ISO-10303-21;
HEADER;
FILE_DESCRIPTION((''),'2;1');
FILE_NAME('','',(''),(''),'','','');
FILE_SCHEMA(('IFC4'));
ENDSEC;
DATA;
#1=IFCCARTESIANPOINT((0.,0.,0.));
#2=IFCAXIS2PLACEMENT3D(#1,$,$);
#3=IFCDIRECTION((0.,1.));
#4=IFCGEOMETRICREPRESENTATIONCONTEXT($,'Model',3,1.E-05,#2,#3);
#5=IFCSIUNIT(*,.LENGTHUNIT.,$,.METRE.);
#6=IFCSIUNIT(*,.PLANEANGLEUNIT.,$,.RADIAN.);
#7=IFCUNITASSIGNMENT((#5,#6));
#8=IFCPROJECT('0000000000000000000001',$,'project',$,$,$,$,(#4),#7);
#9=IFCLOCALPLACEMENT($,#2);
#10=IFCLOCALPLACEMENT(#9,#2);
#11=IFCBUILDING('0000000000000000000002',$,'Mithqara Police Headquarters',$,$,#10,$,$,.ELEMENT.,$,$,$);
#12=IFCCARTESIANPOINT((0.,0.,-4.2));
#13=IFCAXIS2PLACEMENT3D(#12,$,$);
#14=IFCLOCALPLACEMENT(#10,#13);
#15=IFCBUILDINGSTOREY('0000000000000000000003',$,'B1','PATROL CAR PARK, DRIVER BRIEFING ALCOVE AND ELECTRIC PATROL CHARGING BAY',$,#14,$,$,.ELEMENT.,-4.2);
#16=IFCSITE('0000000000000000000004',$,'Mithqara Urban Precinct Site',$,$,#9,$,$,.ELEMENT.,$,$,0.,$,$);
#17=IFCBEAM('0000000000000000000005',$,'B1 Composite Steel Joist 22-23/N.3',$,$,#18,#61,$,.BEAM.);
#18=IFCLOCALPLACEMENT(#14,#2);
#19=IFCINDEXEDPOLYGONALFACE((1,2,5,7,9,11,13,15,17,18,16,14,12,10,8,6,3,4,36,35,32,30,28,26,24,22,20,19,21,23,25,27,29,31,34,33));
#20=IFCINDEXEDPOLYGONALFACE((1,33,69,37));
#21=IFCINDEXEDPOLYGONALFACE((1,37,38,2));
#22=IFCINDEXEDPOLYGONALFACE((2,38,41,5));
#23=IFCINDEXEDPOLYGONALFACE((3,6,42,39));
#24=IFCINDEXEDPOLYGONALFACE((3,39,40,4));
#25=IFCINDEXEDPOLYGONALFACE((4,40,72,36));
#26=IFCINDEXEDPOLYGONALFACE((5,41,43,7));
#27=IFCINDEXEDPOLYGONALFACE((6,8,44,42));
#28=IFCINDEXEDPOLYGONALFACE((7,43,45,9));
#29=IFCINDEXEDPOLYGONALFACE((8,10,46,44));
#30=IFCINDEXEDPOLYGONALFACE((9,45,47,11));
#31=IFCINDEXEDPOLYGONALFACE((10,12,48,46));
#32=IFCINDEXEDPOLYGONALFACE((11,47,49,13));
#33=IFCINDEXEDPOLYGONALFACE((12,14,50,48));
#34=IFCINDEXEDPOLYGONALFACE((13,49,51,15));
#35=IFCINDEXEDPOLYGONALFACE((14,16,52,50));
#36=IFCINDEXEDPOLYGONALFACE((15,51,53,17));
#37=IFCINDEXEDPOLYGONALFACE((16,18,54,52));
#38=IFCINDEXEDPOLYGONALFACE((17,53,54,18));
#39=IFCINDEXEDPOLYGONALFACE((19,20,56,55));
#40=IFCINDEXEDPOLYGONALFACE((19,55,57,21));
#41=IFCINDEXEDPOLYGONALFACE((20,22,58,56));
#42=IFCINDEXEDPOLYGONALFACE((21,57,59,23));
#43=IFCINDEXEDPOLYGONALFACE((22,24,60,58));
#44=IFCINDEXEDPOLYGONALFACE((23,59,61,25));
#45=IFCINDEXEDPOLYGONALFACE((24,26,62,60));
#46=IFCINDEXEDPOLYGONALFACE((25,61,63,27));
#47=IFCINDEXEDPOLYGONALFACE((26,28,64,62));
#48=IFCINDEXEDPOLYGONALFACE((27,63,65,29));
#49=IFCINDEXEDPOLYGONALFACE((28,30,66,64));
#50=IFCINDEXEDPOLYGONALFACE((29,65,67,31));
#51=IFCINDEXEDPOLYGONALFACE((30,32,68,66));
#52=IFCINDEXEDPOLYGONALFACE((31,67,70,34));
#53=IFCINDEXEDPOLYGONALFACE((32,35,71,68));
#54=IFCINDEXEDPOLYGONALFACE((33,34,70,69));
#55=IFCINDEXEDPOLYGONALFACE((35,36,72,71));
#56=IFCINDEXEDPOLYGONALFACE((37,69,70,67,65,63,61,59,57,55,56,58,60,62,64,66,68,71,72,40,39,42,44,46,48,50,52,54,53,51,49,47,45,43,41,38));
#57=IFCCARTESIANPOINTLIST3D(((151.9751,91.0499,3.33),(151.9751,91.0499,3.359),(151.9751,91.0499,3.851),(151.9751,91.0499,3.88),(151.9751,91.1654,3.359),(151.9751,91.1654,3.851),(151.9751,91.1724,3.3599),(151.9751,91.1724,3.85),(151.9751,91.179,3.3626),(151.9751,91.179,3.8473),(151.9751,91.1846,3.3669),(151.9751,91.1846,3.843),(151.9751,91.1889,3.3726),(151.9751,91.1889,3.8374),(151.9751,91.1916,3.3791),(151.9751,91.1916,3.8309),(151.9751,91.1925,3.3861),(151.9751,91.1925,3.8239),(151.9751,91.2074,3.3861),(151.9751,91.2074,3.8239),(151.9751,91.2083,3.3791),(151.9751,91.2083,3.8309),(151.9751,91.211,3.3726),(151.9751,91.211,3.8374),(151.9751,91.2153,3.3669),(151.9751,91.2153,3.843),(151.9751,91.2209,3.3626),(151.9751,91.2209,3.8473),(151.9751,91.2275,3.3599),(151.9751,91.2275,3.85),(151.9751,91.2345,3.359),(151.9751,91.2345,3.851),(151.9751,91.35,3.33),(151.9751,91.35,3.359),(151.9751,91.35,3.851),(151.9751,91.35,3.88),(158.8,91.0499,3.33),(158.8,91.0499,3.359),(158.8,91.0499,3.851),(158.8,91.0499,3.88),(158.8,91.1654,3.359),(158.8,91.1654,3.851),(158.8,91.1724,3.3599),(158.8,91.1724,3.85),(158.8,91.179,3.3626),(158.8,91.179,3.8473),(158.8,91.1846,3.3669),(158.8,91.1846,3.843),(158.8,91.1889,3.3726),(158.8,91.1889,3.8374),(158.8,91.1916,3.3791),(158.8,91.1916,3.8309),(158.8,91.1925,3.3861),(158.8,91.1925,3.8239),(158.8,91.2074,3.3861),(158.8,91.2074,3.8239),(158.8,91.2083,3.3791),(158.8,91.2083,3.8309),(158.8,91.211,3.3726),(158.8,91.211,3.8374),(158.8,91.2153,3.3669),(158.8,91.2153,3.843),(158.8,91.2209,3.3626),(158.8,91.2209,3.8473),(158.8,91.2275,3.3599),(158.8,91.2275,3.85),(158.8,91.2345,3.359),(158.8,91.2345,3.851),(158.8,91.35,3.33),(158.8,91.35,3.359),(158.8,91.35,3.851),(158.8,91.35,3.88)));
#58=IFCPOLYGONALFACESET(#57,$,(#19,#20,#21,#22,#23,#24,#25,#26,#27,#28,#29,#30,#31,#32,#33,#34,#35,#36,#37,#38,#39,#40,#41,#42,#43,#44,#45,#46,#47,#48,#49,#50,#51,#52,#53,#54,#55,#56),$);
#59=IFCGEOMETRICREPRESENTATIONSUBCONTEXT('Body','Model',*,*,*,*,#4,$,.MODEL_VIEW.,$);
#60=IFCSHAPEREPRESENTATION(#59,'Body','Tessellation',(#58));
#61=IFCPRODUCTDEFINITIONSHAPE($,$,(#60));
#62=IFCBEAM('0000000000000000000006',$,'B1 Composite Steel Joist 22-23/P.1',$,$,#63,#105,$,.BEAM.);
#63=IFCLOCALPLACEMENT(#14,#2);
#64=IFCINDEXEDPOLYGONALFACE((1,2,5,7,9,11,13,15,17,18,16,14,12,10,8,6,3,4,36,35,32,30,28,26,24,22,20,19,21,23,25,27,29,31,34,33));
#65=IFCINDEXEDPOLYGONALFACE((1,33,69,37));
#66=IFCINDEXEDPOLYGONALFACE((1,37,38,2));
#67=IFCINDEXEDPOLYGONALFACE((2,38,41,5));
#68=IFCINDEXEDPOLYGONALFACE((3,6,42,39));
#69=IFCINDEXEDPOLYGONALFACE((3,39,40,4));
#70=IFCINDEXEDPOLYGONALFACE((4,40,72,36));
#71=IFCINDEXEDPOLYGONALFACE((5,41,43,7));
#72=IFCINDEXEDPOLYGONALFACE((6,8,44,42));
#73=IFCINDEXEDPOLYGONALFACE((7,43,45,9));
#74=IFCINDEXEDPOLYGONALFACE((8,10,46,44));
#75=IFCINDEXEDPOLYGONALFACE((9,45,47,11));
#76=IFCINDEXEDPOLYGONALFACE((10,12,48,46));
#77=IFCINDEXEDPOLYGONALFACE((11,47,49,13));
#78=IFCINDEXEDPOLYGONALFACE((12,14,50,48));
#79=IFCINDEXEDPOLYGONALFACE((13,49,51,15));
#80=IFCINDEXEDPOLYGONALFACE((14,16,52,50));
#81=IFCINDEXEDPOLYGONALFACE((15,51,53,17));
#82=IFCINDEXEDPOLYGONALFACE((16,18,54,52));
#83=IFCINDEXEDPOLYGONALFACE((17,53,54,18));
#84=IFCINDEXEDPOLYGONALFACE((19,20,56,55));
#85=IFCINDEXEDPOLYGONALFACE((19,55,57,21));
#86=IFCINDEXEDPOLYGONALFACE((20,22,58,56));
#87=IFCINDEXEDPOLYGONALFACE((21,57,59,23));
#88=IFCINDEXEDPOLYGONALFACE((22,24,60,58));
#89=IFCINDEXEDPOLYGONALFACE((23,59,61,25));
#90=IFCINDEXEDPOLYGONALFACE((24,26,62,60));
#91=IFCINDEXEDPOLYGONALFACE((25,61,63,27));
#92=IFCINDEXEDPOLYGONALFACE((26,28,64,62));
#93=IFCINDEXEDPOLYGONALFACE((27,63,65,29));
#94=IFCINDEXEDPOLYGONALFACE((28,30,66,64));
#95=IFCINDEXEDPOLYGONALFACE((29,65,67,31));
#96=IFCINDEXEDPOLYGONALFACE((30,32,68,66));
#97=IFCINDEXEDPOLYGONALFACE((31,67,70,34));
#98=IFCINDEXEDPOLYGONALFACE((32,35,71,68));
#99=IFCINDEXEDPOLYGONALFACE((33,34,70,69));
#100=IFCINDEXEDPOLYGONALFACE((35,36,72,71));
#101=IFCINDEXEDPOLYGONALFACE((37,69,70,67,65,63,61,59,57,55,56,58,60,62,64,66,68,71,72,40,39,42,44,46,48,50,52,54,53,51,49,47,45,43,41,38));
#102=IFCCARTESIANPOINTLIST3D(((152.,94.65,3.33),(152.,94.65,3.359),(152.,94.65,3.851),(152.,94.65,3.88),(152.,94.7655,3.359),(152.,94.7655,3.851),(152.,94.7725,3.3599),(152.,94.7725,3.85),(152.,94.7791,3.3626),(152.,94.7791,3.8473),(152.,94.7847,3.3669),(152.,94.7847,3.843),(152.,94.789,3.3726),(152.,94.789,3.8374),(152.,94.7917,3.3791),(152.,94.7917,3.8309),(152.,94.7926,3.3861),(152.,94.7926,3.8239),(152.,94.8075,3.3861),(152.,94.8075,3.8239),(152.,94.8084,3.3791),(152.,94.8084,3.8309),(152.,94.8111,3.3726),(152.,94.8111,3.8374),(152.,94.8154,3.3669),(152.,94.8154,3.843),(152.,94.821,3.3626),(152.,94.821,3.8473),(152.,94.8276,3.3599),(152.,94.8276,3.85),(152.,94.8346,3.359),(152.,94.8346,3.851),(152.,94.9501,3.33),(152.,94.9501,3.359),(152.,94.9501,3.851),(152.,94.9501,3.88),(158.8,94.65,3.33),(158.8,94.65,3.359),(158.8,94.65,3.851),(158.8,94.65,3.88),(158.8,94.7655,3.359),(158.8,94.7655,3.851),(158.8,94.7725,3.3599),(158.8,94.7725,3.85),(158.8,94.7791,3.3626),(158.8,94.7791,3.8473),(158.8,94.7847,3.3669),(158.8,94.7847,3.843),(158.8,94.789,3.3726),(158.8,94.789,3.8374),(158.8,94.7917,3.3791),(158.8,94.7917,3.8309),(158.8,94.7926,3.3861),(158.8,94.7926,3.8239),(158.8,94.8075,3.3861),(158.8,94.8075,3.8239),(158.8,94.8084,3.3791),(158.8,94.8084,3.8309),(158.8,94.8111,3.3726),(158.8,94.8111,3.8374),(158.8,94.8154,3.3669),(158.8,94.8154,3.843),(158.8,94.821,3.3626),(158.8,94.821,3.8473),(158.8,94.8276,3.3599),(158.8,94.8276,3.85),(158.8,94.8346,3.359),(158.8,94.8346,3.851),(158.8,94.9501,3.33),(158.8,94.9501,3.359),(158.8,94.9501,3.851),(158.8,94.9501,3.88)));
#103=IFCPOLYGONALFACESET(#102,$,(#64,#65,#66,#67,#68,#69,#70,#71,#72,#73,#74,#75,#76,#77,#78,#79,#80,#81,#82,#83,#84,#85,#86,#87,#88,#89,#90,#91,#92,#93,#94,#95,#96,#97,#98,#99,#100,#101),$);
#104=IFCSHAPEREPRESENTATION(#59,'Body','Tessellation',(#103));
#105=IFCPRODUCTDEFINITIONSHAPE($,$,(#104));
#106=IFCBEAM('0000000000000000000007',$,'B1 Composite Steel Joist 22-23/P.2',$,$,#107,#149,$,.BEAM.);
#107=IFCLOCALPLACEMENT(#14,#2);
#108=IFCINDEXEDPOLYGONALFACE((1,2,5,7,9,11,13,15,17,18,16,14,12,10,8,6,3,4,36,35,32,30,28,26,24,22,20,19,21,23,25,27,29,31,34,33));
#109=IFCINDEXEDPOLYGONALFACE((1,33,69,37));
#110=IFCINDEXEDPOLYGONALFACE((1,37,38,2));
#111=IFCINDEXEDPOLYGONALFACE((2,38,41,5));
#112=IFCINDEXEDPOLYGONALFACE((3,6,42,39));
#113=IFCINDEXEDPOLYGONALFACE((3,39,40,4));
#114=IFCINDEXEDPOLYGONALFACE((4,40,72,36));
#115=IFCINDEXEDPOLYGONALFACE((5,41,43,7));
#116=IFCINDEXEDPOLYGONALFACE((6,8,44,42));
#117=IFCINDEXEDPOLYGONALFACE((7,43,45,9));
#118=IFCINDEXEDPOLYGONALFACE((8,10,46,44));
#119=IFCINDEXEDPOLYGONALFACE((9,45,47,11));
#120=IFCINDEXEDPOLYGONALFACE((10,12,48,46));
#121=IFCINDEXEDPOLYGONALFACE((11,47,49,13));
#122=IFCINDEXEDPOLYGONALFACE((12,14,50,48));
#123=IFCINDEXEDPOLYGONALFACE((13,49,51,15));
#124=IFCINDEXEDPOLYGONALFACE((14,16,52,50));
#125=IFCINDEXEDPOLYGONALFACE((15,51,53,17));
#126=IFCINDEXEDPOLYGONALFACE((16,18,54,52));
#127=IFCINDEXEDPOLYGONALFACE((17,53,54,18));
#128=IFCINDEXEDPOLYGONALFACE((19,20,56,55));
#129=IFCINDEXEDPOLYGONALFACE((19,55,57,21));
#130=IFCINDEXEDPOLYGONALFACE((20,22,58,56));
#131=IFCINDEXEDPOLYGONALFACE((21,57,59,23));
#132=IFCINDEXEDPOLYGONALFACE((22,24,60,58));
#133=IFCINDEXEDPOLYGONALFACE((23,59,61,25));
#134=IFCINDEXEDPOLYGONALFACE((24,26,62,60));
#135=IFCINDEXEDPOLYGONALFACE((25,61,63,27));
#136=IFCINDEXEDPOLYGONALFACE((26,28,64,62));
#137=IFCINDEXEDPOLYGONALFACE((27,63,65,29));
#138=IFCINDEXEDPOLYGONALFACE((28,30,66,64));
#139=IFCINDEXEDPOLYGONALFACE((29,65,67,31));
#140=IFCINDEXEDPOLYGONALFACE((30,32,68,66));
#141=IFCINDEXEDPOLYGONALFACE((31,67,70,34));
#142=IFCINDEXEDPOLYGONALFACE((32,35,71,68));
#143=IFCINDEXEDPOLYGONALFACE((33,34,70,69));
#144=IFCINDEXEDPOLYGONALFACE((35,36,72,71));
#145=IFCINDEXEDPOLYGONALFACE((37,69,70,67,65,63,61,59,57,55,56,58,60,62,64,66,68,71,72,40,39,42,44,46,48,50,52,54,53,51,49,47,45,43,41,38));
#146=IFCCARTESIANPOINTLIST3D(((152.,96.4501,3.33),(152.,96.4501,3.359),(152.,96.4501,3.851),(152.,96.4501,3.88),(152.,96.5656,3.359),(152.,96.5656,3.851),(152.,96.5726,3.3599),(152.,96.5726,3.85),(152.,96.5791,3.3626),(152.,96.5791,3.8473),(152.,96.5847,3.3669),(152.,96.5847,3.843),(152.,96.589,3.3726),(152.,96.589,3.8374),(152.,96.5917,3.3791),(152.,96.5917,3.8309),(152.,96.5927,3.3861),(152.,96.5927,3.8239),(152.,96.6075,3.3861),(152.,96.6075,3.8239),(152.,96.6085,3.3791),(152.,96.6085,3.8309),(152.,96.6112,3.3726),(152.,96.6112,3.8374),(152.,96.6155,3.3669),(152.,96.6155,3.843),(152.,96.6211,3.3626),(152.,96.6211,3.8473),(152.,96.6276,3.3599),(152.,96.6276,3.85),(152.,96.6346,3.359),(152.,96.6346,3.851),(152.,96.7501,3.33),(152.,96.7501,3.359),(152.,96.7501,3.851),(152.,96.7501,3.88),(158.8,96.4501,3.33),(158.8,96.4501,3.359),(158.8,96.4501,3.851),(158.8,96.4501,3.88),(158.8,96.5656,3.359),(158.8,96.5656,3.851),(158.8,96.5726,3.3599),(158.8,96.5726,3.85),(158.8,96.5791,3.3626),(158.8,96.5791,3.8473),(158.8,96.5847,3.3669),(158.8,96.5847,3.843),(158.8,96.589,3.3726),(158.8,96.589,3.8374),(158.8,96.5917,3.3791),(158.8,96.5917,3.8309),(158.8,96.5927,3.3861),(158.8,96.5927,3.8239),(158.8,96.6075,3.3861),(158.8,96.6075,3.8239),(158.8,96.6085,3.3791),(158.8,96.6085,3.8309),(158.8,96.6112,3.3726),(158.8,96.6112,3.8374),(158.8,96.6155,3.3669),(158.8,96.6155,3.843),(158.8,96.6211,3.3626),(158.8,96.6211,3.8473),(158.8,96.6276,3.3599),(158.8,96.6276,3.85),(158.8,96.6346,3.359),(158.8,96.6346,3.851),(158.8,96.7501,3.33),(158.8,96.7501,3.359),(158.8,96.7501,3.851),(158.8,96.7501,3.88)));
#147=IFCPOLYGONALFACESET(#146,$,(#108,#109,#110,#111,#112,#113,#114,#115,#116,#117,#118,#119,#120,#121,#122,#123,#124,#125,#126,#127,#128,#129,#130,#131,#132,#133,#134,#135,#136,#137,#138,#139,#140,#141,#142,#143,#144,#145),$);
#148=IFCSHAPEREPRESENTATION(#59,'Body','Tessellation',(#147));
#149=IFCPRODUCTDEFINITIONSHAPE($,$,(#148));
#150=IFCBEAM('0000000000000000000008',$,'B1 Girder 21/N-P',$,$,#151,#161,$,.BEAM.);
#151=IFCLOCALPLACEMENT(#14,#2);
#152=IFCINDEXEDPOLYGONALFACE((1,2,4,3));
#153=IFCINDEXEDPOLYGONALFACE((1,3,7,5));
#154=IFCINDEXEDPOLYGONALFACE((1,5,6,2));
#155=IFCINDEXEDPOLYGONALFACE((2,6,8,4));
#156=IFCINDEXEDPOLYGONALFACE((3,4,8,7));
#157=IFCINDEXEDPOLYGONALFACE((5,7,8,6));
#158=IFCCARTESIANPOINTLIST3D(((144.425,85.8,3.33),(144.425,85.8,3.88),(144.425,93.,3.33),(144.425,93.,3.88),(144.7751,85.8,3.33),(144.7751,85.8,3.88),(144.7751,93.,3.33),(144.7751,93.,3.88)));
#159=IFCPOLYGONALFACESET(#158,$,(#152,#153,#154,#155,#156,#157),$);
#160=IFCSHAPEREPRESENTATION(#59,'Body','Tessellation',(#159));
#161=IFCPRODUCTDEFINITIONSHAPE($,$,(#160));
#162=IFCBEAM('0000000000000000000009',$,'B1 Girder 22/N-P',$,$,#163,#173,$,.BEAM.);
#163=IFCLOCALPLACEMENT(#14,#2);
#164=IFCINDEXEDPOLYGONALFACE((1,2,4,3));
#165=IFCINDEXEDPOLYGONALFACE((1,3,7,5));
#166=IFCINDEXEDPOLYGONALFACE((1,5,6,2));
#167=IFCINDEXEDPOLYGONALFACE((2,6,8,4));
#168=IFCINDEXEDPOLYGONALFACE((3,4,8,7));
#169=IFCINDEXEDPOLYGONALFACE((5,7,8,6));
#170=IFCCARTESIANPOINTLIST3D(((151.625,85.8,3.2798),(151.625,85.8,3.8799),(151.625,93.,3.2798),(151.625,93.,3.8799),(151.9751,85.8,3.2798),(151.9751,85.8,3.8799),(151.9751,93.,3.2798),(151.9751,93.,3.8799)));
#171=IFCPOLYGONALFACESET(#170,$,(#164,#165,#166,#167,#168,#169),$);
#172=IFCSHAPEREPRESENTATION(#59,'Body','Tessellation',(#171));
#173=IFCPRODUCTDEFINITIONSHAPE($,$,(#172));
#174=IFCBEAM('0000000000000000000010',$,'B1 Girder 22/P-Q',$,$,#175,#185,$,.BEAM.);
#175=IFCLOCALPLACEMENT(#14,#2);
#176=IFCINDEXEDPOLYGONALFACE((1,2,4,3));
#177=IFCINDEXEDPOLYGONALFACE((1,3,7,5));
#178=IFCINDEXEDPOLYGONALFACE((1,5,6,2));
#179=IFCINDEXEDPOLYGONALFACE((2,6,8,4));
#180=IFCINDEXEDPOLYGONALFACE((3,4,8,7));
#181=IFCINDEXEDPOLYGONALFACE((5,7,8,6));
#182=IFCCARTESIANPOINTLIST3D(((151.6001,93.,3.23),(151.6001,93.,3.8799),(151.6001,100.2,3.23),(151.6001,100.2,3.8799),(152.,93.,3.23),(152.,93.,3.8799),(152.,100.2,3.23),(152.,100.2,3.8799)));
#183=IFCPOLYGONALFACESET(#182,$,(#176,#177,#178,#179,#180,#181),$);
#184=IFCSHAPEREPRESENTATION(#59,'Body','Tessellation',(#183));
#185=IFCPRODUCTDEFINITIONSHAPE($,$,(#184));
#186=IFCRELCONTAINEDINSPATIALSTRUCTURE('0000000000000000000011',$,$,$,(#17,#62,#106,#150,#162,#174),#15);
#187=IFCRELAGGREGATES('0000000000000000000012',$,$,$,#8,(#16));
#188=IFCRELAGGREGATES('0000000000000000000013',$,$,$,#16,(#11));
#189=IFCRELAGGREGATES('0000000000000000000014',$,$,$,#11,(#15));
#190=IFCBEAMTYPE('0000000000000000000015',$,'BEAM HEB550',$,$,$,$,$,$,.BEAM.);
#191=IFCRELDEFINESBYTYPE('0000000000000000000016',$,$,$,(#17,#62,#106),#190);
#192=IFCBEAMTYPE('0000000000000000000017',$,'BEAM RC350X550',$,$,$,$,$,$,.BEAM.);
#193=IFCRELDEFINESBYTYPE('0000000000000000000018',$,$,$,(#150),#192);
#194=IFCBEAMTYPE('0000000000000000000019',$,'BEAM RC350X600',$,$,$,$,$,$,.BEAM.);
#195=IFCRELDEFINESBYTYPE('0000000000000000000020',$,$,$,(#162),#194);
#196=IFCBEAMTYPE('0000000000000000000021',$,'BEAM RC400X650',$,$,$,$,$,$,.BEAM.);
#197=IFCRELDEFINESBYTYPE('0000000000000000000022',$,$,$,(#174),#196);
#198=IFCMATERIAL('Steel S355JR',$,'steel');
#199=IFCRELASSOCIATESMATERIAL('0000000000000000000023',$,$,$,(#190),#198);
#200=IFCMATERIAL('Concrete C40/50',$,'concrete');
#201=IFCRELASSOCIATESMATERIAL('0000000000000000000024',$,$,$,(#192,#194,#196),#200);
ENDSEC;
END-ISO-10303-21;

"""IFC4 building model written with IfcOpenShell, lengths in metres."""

from ifc_helpers import new_model, si_unit, direction, frame, origin, origin_2d, place, context, subcontext, project, spatial, rectangle, i_section, extrude, material, material_profile, profile_set, type_object, element, save


model = new_model("IFC4")

# Units and contexts
model_context = context("Model", 3, precision=1e-05, world=origin(), true_north=direction((0.0, 1.0)))
body_context = subcontext(model_context, "Body", "Model", "MODEL_VIEW")
ifc_project = project(units=[si_unit("LENGTHUNIT", "METRE"), si_unit("PLANEANGLEUNIT", "RADIAN")], contexts=[model_context])

# Site, building, storey
site_placement = place(None, origin())
site = spatial("IfcSite", under=ifc_project, at=site_placement, Name="Mithqara Urban Precinct Site", CompositionType="ELEMENT", RefElevation=0.0)
building_placement = place(site_placement, origin())
building = spatial("IfcBuilding", under=site, at=building_placement, Name="Mithqara Police Headquarters", CompositionType="ELEMENT")
storey_placement = place(building_placement, frame((0.0, 0.0, -4.2)))
storey = spatial("IfcBuildingStorey", under=building, at=storey_placement, Name="B1", Description="PATROL CAR PARK, DRIVER BRIEFING ALCOVE AND ELECTRIC PATROL CHARGING BAY", CompositionType="ELEMENT", Elevation=-4.2)

# Beams
ifc_material_1 = material(Name="Steel S355JR", Category="steel")
ifc_material_profile_1 = material_profile(ifc_material_1, i_section(OverallWidth=0.3, OverallDepth=0.55, WebThickness=0.0149, FlangeThickness=0.0291, FilletRadius=0.0271, at=origin_2d()), Name="HEB 550")
ifc_profile_set_1 = profile_set([ifc_material_profile_1], Name="Steel S355JR")
beam_type_1 = type_object("IfcBeamType", Name="BEAM HEB550", PredefinedType="BEAM", material=ifc_profile_set_1)
for number, where, z_axis, x_axis, name in (
    (1, (151.9751, 91.2, 3.605), (1.0, 0.0, 0.0), (0.0, 1.0, 0.0), "B1 Composite Steel Joist 22-23/N.3"),
):
    element("IfcBeam", number, at=place(storey_placement, frame(where, z_axis=z_axis, x_axis=x_axis)), inside=storey, type_object=beam_type_1, Name=name, PredefinedType="BEAM", context=body_context, shape_type="SweptSolid", body=[
        extrude(i_section(OverallWidth=0.3, OverallDepth=0.55, WebThickness=0.0149, FlangeThickness=0.0291, FilletRadius=0.0271, at=origin_2d()), origin(), (0.0, 0.0, 1.0), 6.825),
    ])
for number, where, z_axis, x_axis, name in (
    (2, (152.0, 94.8, 3.605), (1.0, 0.0, 0.0), (0.0, 1.0, 0.0), "B1 Composite Steel Joist 22-23/P.1"),
    (3, (152.0, 96.6001, 3.605), (1.0, 0.0, 0.0), (0.0, 1.0, 0.0), "B1 Composite Steel Joist 22-23/P.2"),
):
    element("IfcBeam", number, at=place(storey_placement, frame(where, z_axis=z_axis, x_axis=x_axis)), inside=storey, type_object=beam_type_1, Name=name, PredefinedType="BEAM", context=body_context, shape_type="SweptSolid", body=[
        extrude(i_section(OverallWidth=0.3, OverallDepth=0.55, WebThickness=0.0149, FlangeThickness=0.0291, FilletRadius=0.0271, at=origin_2d()), origin(), (0.0, 0.0, 1.0), 6.8),
    ])
ifc_material_2 = material(Name="Concrete C40/50", Category="concrete")
ifc_material_profile_2 = material_profile(ifc_material_2, rectangle(XDim=0.3501, YDim=0.55, at=origin_2d()), Name="RC 350x550")
ifc_profile_set_2 = profile_set([ifc_material_profile_2], Name="Concrete C40/50")
beam_type_2 = type_object("IfcBeamType", Name="BEAM RC350X550", PredefinedType="BEAM", material=ifc_profile_set_2)
beam_1_placement = place(storey_placement, frame((144.6001, 85.8, 3.605), z_axis=(0.0, 1.0, 0.0), x_axis=(-1.0, 0.0, 0.0)))
element("IfcBeam", 4, at=beam_1_placement, inside=storey, type_object=beam_type_2, Name="B1 Girder 21/N-P", PredefinedType="BEAM", context=body_context, shape_type="SweptSolid", body=[
    extrude(rectangle(XDim=0.3501, YDim=0.55, at=origin_2d()), origin(), (0.0, 0.0, 1.0), 7.2),
])
ifc_material_profile_3 = material_profile(ifc_material_2, rectangle(XDim=0.3501, YDim=0.6001, at=origin_2d()), Name="RC 350x600")
ifc_profile_set_3 = profile_set([ifc_material_profile_3], Name="Concrete C40/50")
beam_type_3 = type_object("IfcBeamType", Name="BEAM RC350X600", PredefinedType="BEAM", material=ifc_profile_set_3)
beam_2_placement = place(storey_placement, frame((151.8, 85.8, 3.5798), z_axis=(0.0, 1.0, 0.0), x_axis=(-1.0, 0.0, 0.0)))
element("IfcBeam", 5, at=beam_2_placement, inside=storey, type_object=beam_type_3, Name="B1 Girder 22/N-P", PredefinedType="BEAM", context=body_context, shape_type="SweptSolid", body=[
    extrude(rectangle(XDim=0.3501, YDim=0.6001, at=origin_2d()), origin(), (0.0, 0.0, 1.0), 7.2),
])
ifc_material_profile_4 = material_profile(ifc_material_2, rectangle(XDim=0.3999, YDim=0.6499, at=origin_2d()), Name="RC 400x650")
ifc_profile_set_4 = profile_set([ifc_material_profile_4], Name="Concrete C40/50")
beam_type_4 = type_object("IfcBeamType", Name="BEAM RC400X650", PredefinedType="BEAM", material=ifc_profile_set_4)
beam_3_placement = place(storey_placement, frame((151.8, 93.0, 3.5549), z_axis=(0.0, 1.0, 0.0), x_axis=(-1.0, 0.0, 0.0)))
element("IfcBeam", 6, at=beam_3_placement, inside=storey, type_object=beam_type_4, Name="B1 Girder 22/P-Q", PredefinedType="BEAM", context=body_context, shape_type="SweptSolid", body=[
    extrude(rectangle(XDim=0.3999, YDim=0.6499, at=origin_2d()), origin(), (0.0, 0.0, 1.0), 7.2),
])

save(model, "model.ifc")
